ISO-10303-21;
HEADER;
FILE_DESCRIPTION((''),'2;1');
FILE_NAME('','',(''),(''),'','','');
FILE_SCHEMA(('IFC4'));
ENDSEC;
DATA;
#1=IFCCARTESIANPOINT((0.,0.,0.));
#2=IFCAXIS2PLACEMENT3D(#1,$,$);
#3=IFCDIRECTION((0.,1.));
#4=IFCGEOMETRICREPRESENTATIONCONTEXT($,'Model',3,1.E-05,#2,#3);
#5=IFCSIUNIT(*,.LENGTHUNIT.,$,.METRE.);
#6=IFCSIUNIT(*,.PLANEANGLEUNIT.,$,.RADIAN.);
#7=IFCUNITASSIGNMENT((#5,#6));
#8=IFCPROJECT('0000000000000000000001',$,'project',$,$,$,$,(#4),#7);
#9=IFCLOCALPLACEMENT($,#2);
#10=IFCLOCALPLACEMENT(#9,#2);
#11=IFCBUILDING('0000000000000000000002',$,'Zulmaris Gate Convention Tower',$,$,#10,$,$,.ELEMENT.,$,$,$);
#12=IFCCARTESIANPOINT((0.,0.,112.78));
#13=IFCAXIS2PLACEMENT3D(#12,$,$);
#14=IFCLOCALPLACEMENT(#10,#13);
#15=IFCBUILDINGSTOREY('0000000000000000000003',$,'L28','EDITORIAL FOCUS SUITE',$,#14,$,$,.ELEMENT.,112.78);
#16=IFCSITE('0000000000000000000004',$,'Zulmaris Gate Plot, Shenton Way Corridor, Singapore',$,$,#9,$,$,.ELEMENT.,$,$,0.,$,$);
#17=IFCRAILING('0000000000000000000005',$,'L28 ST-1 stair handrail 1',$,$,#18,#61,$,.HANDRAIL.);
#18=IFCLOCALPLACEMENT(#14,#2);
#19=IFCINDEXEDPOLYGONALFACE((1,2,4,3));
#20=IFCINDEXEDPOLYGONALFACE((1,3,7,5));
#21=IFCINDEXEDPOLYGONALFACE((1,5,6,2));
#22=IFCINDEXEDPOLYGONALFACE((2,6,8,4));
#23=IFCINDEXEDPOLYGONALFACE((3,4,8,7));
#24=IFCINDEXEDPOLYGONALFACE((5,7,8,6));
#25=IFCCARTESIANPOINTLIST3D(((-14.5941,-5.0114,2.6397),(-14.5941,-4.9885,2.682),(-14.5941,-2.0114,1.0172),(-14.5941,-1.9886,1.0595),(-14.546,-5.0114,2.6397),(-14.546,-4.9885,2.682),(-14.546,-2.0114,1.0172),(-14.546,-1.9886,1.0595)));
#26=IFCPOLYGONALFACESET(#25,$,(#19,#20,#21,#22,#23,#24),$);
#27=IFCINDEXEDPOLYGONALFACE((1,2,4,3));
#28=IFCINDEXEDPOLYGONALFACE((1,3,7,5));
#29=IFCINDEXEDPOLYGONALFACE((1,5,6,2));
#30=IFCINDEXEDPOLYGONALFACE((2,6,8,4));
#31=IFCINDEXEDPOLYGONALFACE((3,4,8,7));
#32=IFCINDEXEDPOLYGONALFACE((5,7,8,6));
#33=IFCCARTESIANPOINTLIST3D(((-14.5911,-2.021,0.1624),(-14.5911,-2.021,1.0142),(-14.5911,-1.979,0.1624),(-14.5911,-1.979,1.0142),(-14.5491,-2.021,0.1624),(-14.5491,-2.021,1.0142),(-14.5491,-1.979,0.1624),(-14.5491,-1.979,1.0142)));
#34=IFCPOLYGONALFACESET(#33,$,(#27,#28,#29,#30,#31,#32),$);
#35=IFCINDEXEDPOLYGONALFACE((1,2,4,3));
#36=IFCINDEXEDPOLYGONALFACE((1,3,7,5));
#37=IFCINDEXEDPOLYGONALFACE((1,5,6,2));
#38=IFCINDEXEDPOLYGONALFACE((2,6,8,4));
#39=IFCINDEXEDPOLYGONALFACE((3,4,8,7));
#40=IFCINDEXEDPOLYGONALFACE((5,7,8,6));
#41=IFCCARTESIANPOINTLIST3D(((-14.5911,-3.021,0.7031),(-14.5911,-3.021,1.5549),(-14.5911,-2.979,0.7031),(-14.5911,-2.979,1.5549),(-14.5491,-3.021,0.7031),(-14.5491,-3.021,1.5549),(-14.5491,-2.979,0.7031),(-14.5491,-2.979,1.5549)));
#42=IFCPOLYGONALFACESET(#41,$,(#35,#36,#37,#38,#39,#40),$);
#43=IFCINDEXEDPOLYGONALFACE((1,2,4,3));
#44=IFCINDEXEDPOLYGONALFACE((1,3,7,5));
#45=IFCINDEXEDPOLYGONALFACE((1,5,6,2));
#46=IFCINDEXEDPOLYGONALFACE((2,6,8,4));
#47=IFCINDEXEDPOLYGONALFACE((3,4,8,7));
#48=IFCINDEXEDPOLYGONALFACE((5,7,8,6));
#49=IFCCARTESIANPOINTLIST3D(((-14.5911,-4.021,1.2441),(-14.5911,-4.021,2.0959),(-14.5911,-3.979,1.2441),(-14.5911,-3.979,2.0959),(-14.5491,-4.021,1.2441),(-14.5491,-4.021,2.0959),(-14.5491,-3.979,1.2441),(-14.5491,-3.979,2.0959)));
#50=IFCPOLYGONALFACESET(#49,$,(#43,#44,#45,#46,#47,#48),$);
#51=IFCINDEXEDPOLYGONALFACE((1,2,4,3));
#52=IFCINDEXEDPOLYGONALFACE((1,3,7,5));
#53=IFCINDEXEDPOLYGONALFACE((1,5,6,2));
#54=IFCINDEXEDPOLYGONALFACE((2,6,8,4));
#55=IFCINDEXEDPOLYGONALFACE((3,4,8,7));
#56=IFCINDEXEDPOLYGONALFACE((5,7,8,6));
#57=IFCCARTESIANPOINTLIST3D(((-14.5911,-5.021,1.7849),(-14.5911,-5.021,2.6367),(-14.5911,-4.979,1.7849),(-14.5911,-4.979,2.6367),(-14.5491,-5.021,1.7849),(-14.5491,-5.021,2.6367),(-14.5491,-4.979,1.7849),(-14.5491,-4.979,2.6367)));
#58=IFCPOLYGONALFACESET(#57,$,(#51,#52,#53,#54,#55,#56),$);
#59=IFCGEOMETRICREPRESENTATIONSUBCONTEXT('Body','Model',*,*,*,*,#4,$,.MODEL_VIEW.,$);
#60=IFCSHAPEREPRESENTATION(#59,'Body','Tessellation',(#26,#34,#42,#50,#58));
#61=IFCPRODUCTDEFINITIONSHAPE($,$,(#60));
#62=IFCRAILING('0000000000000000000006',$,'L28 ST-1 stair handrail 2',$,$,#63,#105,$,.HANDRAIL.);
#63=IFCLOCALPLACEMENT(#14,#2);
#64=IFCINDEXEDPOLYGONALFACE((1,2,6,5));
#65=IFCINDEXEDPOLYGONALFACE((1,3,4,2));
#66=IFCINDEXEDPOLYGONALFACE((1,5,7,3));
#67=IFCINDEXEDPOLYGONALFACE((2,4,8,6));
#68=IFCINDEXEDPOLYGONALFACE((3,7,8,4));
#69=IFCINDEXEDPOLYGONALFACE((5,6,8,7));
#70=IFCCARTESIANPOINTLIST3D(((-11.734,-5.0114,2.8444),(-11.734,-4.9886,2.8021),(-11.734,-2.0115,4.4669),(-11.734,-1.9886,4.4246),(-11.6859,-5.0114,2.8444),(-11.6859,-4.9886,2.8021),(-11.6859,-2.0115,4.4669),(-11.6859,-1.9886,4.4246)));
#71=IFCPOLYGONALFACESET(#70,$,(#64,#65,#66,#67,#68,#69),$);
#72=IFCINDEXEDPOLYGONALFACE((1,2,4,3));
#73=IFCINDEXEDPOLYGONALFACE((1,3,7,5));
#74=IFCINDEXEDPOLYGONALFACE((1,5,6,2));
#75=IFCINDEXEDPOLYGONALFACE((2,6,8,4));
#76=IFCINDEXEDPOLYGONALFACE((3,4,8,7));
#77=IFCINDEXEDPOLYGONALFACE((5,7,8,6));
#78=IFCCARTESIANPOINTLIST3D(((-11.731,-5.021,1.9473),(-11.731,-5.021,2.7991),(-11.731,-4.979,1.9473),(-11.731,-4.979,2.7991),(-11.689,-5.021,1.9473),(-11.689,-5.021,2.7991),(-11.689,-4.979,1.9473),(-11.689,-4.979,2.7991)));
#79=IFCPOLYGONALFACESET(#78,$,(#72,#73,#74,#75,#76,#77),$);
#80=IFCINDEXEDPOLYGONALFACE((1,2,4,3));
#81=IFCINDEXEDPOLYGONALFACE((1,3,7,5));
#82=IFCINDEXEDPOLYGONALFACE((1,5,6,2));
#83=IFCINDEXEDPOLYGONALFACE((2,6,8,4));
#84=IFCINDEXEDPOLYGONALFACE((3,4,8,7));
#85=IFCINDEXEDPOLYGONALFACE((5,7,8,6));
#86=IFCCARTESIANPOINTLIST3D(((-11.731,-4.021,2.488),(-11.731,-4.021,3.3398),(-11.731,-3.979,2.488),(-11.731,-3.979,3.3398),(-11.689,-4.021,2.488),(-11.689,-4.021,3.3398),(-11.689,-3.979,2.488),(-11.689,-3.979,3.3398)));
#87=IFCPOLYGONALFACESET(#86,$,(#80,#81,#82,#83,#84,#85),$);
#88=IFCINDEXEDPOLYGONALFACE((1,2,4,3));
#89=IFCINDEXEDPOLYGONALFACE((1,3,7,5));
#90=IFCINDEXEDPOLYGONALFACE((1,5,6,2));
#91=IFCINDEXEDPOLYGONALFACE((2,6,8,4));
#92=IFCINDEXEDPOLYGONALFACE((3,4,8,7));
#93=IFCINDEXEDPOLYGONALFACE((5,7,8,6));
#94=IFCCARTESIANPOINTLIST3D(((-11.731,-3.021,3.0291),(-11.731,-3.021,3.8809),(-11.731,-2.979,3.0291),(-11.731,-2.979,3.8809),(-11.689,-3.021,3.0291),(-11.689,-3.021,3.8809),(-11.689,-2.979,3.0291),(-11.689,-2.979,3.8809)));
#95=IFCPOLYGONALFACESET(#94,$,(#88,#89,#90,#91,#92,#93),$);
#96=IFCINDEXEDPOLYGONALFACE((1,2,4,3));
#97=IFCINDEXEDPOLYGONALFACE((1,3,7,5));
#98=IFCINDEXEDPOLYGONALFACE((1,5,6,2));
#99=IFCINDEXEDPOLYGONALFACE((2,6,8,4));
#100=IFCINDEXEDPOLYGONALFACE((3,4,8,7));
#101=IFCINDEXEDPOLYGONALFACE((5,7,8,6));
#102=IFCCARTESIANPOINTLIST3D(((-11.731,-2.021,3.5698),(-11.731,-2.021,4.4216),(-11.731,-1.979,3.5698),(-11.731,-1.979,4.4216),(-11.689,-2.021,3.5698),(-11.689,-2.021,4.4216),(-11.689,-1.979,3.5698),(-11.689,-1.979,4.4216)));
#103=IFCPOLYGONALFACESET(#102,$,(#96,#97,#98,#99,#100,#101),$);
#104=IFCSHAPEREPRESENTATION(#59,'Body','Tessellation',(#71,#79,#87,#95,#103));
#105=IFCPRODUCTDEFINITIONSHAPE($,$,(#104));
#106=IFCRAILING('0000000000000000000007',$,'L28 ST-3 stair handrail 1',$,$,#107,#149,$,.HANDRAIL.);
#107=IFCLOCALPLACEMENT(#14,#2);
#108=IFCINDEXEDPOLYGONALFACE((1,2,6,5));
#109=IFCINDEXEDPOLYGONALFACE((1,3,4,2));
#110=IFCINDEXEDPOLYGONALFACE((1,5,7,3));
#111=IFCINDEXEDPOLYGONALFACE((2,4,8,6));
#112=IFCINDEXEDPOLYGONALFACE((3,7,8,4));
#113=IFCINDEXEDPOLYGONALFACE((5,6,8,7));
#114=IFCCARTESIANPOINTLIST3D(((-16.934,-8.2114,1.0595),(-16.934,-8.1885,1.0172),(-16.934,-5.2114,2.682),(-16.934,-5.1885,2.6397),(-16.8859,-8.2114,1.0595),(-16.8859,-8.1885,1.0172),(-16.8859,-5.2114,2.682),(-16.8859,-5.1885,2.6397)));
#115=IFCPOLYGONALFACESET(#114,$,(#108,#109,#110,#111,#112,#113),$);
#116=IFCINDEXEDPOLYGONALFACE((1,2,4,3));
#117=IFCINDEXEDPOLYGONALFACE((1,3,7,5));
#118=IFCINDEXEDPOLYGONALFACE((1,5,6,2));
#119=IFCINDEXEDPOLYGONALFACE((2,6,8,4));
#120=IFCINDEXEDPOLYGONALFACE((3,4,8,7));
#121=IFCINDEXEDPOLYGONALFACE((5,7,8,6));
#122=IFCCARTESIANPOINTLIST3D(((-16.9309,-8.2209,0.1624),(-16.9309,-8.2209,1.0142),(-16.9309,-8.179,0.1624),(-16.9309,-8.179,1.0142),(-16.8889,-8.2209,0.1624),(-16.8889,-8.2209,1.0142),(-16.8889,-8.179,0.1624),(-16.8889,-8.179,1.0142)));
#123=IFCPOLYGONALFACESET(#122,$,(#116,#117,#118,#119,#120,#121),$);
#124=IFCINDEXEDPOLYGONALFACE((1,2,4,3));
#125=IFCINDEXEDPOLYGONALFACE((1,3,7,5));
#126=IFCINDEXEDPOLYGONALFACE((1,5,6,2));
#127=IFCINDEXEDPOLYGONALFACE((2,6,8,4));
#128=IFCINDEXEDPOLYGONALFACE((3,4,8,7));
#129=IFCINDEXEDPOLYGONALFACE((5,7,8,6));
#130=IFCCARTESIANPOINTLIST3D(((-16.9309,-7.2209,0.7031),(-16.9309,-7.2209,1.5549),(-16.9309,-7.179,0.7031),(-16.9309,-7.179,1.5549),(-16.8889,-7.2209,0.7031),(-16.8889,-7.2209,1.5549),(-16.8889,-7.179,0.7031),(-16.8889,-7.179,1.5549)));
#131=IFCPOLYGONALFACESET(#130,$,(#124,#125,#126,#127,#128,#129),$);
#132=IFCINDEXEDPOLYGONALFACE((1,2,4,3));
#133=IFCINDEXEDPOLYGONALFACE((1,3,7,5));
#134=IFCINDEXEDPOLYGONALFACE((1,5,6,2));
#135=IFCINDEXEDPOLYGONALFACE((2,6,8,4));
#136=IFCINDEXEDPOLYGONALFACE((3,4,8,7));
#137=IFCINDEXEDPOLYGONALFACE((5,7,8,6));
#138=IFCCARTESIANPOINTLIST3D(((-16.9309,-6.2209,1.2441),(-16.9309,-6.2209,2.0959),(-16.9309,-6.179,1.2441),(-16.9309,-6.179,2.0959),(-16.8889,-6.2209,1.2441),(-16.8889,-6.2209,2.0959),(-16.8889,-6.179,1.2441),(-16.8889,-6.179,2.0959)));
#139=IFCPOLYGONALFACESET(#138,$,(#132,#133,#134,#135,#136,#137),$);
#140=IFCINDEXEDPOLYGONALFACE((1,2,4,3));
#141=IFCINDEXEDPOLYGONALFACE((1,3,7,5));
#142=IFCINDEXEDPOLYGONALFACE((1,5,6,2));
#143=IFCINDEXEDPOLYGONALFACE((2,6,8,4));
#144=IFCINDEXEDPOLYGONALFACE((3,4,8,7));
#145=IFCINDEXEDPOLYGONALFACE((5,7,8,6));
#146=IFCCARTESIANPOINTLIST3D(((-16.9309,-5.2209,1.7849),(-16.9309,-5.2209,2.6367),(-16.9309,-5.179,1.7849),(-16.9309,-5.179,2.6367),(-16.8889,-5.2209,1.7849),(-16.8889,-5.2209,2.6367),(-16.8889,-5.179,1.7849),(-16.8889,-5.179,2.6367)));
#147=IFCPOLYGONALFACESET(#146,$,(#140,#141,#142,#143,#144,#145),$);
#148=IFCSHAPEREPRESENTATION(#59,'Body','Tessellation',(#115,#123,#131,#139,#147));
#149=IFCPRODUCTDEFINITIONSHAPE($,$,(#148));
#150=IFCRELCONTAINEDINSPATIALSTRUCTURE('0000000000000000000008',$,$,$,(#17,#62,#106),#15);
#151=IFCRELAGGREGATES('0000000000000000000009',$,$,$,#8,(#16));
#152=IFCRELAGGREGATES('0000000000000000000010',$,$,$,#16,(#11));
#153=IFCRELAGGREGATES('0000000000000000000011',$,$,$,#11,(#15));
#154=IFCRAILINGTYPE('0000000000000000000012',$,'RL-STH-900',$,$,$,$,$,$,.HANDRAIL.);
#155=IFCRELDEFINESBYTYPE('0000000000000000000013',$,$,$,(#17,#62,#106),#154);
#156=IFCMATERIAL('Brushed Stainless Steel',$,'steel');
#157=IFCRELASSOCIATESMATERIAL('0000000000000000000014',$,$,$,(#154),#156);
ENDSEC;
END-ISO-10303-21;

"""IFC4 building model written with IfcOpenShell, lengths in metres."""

from ifc_helpers import new_model, si_unit, direction, frame, origin, origin_2d, place, context, subcontext, project, spatial, rectangle, extrude, material, type_object, element, save


model = new_model("IFC4")

# Units and contexts
model_context = context("Model", 3, precision=1e-05, world=origin(), true_north=direction((0.0, 1.0)))
body_context = subcontext(model_context, "Body", "Model", "MODEL_VIEW")
ifc_project = project(units=[si_unit("LENGTHUNIT", "METRE"), si_unit("PLANEANGLEUNIT", "RADIAN")], contexts=[model_context])

# Site, building, storey
site_placement = place(None, origin())
site = spatial("IfcSite", under=ifc_project, at=site_placement, Name="Zulmaris Gate Plot, Shenton Way Corridor, Singapore", CompositionType="ELEMENT", RefElevation=0.0)
building_placement = place(site_placement, origin())
building = spatial("IfcBuilding", under=site, at=building_placement, Name="Zulmaris Gate Convention Tower", CompositionType="ELEMENT")
storey_placement = place(building_placement, frame((0.0, 0.0, 112.78)))
storey = spatial("IfcBuildingStorey", under=building, at=storey_placement, Name="L28", Description="EDITORIAL FOCUS SUITE", CompositionType="ELEMENT", Elevation=112.78)

# Railings
ifc_material_1 = material(Name="Brushed Stainless Steel", Category="steel")
railing_type_1 = type_object("IfcRailingType", Name="RL-STH-900", PredefinedType="HANDRAIL", material=ifc_material_1)
railing_1_placement = place(storey_placement, frame((-14.5701, -2.0, 0.1624)))
element("IfcRailing", 1, at=railing_1_placement, inside=storey, type_object=railing_type_1, Name="L28 ST-1 stair handrail 1", PredefinedType="HANDRAIL", context=body_context, shape_type="SweptSolid", body=[
    extrude(rectangle(XDim=0.0481, YDim=0.0481, at=origin_2d()), frame((0.0, 0.0, 0.876), z_axis=(0.0, -0.879592, 0.47573), x_axis=(1.0, 0.0, 0.0)), (0.0, 0.0, 1.0), 3.4106),
    extrude(rectangle(XDim=0.042, YDim=0.042, at=origin_2d()), origin(), (0.0, 0.0, 1.0), 0.8518),
    extrude(rectangle(XDim=0.042, YDim=0.042, at=origin_2d()), frame((0.0, -1.0, 0.5408)), (0.0, 0.0, 1.0), 0.8518),
    extrude(rectangle(XDim=0.042, YDim=0.042, at=origin_2d()), frame((0.0, -2.0, 1.0818)), (0.0, 0.0, 1.0), 0.8518),
    extrude(rectangle(XDim=0.042, YDim=0.042, at=origin_2d()), frame((0.0, -3.0, 1.6226)), (0.0, 0.0, 1.0), 0.8518),
])
for number, where, name in (
    (2, (-11.71, -5.0, 1.9473), "L28 ST-1 stair handrail 2"),
    (3, (-16.9099, -8.2, 0.1624), "L28 ST-3 stair handrail 1"),
):
    element("IfcRailing", number, at=place(storey_placement, frame(where)), inside=storey, type_object=railing_type_1, Name=name, PredefinedType="HANDRAIL", context=body_context, shape_type="SweptSolid", body=[
        extrude(rectangle(XDim=0.0481, YDim=0.0481, at=origin_2d()), frame((0.0, 0.0, 0.876), z_axis=(0.0, 0.879592, 0.47573), x_axis=(-1.0, 0.0, 0.0)), (0.0, 0.0, 1.0), 3.4106),
        extrude(rectangle(XDim=0.042, YDim=0.042, at=origin_2d()), origin(), (0.0, 0.0, 1.0), 0.8518),
        extrude(rectangle(XDim=0.042, YDim=0.042, at=origin_2d()), frame((0.0, 1.0, 0.5408)), (0.0, 0.0, 1.0), 0.8518),
        extrude(rectangle(XDim=0.042, YDim=0.042, at=origin_2d()), frame((0.0, 2.0, 1.0818)), (0.0, 0.0, 1.0), 0.8518),
        extrude(rectangle(XDim=0.042, YDim=0.042, at=origin_2d()), frame((0.0, 3.0, 1.6226)), (0.0, 0.0, 1.0), 0.8518),
    ])

save(model, "model.ifc")
